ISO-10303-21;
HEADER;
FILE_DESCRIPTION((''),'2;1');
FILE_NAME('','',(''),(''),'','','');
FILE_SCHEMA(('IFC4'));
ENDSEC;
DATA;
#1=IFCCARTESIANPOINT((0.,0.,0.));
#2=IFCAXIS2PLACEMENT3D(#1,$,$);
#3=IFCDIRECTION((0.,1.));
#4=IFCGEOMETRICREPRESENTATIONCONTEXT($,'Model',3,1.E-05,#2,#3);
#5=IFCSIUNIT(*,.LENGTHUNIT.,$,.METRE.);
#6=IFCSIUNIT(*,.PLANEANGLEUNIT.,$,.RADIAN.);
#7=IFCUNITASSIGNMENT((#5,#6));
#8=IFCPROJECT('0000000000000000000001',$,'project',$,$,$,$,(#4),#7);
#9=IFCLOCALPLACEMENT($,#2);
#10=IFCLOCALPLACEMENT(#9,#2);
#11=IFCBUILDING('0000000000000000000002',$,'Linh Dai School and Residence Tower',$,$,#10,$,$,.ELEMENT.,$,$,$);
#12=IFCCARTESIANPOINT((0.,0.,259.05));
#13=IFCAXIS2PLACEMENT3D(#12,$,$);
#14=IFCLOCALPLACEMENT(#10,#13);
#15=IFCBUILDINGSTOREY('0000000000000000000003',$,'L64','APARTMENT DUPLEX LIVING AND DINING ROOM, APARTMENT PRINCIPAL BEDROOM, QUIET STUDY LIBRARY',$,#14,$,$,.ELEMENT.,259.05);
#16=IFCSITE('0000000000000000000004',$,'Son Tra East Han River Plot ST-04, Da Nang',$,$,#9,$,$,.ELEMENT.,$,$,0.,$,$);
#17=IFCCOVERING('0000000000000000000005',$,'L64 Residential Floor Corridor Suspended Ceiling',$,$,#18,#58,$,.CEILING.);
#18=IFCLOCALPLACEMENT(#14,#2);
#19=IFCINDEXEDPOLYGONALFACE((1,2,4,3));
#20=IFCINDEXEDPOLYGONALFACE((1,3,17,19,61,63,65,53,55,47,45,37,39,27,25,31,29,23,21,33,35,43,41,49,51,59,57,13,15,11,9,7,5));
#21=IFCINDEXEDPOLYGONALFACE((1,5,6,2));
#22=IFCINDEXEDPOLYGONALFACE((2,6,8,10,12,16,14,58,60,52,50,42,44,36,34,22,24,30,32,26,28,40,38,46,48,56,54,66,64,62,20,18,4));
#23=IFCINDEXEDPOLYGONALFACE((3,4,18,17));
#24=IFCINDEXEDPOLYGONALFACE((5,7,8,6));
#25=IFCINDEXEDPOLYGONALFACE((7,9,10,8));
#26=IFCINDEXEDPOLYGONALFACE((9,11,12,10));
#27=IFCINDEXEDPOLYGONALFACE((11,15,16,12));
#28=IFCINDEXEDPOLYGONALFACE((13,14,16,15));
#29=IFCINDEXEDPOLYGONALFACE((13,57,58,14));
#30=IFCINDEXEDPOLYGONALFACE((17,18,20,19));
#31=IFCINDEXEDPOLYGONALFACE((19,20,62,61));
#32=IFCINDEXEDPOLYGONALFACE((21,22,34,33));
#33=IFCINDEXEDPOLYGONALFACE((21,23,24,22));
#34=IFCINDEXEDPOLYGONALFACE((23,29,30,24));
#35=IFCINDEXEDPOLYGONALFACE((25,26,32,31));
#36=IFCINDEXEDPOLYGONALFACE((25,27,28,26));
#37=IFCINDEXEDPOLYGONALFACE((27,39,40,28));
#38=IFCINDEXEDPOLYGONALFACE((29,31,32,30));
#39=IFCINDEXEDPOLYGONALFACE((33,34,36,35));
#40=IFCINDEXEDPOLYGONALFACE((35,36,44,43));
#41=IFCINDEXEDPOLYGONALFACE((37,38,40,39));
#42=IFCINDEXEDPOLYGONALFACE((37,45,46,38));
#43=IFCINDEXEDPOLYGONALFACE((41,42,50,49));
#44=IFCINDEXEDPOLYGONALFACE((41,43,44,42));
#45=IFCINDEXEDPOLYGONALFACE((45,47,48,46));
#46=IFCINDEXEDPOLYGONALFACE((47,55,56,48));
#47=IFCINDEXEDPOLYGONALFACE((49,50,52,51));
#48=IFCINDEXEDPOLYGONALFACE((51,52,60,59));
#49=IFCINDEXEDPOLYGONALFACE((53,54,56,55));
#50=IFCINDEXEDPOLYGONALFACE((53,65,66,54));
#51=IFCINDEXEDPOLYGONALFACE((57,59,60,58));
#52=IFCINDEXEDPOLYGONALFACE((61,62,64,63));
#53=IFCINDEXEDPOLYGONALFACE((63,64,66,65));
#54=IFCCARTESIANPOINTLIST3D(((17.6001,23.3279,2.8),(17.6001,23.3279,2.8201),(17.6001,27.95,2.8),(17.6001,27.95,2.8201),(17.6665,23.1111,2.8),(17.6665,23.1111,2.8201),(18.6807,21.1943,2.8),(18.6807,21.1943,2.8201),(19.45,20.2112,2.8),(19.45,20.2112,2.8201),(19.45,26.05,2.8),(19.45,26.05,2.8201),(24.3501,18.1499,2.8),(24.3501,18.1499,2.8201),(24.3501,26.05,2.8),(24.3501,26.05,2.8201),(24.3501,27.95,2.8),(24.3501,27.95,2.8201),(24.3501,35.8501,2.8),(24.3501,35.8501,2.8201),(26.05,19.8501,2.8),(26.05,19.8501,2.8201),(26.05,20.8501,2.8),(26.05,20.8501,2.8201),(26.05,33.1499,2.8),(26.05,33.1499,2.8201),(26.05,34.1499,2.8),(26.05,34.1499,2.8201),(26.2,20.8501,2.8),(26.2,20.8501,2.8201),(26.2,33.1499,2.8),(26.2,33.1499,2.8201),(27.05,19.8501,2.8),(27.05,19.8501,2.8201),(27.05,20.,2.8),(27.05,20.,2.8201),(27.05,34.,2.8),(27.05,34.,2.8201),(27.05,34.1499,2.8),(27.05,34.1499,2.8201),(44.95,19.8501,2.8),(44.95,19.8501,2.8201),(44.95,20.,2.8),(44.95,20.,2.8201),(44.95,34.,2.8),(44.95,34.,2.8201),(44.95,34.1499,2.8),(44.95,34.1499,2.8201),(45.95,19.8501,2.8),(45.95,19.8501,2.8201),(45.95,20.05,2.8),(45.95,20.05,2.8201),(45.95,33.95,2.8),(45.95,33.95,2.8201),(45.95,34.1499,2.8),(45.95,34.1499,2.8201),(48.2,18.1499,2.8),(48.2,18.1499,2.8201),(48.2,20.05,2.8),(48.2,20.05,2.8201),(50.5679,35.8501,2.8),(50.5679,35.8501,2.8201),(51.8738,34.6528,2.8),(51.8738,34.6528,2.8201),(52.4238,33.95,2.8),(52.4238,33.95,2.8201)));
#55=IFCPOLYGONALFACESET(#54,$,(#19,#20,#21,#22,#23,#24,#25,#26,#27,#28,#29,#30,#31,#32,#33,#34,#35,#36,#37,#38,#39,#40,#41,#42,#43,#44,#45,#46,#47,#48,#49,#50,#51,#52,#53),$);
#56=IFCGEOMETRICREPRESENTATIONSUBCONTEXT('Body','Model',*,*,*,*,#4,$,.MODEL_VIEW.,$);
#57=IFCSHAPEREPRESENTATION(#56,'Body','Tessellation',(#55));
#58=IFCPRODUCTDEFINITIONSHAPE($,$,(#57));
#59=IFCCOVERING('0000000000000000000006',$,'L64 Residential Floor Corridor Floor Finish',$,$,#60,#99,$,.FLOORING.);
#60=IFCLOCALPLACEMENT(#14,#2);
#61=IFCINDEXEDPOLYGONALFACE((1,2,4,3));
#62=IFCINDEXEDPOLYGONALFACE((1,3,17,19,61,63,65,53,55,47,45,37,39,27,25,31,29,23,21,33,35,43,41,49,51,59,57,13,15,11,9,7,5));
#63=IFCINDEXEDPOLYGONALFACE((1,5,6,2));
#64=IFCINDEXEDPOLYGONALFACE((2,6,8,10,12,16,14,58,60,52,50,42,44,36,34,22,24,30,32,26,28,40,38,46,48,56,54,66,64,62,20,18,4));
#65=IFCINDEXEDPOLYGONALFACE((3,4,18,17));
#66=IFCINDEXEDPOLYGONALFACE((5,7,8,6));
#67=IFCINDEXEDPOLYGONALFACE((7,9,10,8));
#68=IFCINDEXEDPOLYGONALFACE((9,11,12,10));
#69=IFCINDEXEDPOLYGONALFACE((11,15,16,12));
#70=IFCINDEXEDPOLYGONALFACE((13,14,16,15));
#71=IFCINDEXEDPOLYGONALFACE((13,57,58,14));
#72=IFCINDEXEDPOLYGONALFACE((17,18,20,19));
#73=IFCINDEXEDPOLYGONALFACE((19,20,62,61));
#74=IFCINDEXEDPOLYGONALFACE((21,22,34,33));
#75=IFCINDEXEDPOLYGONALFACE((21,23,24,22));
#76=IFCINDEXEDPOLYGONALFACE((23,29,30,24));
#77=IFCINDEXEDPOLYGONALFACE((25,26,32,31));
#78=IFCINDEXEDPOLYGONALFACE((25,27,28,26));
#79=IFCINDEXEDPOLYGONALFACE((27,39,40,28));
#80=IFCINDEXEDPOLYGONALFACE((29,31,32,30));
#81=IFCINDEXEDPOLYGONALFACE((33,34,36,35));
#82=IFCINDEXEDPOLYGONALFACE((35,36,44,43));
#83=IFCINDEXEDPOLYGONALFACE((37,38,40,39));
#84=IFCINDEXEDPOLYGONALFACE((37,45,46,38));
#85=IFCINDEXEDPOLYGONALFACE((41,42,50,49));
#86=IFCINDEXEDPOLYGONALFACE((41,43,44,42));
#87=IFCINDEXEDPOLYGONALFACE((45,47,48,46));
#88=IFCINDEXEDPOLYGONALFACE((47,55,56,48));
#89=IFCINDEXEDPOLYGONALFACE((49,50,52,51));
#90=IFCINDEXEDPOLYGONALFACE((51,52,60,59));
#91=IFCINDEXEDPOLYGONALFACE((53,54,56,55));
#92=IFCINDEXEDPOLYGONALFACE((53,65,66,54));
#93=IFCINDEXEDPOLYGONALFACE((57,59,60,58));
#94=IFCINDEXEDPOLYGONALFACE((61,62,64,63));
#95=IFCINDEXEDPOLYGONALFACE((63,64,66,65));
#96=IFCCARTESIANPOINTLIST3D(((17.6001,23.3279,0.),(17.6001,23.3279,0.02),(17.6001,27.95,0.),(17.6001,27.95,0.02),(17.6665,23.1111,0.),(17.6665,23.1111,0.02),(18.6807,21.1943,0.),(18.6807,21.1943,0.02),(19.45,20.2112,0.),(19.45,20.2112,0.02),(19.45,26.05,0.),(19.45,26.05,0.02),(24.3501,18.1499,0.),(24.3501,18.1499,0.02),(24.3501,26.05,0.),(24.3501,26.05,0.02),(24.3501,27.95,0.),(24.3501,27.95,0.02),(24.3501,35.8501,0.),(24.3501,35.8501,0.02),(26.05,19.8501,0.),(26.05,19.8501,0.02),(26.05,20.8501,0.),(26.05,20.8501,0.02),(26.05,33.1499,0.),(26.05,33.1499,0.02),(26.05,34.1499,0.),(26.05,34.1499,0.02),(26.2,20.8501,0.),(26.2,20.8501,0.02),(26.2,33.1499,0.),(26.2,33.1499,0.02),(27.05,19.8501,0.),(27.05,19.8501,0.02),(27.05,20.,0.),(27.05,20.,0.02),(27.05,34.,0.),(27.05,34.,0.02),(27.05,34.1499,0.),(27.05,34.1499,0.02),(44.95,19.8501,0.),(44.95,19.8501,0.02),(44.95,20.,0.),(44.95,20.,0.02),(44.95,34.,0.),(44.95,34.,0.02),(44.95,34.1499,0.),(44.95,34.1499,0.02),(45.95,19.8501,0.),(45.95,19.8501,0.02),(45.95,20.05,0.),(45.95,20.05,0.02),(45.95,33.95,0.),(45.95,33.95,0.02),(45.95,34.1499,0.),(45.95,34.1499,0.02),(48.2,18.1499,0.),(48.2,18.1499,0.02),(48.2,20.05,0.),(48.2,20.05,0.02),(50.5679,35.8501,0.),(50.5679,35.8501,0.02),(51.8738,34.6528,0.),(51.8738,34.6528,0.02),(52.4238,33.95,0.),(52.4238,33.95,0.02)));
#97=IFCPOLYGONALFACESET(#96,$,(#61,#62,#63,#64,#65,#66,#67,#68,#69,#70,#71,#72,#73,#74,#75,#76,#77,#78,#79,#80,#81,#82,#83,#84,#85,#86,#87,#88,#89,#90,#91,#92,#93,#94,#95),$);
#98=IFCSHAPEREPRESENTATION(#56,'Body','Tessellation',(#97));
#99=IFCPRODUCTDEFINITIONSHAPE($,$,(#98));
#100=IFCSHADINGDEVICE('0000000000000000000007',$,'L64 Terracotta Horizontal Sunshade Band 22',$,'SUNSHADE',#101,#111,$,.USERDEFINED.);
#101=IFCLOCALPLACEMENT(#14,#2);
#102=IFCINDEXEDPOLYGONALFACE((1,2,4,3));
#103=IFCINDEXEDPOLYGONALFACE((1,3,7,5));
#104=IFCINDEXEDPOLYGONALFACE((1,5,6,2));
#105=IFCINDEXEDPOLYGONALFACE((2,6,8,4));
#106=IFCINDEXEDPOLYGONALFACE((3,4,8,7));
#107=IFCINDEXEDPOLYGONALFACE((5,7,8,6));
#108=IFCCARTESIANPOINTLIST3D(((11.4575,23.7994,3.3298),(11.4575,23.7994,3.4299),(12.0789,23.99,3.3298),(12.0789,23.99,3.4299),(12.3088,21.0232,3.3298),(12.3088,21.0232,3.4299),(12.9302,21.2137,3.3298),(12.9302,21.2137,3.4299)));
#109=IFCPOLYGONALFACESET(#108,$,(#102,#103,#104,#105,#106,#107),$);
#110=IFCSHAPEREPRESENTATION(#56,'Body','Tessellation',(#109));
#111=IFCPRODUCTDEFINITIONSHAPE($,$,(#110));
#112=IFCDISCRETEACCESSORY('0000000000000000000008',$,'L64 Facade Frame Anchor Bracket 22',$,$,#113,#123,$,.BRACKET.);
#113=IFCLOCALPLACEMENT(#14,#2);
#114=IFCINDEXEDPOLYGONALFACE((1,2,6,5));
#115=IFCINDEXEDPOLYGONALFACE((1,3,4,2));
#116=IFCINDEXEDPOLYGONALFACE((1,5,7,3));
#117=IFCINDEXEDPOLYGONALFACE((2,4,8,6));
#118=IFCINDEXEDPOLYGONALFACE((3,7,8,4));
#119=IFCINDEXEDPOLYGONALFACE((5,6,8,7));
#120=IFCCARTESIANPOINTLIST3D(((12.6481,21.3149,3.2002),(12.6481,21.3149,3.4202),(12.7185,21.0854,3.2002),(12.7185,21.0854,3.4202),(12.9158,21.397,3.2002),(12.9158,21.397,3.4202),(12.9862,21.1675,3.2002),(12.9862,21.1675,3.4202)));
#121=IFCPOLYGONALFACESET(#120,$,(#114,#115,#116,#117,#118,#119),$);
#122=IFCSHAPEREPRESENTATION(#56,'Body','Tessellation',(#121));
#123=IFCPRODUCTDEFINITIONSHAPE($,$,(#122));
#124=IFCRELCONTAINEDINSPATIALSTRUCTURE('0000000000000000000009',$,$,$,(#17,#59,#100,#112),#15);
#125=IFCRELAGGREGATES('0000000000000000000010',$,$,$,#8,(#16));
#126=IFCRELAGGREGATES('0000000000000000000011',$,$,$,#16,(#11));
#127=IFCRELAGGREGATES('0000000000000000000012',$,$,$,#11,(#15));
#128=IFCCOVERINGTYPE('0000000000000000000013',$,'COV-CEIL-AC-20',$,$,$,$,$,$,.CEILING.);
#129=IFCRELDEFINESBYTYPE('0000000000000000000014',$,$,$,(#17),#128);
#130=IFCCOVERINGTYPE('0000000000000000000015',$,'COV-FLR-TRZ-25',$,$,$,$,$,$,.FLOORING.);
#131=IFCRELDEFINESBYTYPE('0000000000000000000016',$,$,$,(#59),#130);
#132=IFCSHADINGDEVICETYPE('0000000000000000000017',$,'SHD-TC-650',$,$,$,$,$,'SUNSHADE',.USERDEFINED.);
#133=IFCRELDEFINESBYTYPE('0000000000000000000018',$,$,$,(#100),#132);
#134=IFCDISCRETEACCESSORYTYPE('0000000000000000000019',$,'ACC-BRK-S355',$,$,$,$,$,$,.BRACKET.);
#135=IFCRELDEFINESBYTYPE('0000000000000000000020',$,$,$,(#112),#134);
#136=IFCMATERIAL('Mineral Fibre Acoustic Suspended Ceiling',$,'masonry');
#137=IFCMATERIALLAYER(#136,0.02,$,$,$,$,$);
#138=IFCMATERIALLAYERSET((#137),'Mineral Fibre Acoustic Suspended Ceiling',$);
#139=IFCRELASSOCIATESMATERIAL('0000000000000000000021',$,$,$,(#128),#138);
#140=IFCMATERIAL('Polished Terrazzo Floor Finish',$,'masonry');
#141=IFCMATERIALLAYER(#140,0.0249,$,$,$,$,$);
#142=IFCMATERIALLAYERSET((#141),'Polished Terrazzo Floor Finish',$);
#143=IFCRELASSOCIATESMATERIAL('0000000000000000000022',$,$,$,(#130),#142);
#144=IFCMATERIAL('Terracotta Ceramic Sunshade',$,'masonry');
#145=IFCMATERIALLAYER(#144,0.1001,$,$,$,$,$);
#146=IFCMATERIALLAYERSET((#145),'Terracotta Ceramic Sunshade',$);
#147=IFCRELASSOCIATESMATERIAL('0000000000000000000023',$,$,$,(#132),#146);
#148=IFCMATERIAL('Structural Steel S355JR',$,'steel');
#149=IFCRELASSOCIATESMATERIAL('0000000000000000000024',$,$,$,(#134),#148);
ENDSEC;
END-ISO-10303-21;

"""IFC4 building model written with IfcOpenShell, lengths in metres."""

from ifc_helpers import new_model, si_unit, direction, frame, origin, origin_2d, place, context, subcontext, project, spatial, polyline, rectangle, outline, extrude, source, transform, mapped, material, layer, layer_set, type_object, element, save


model = new_model("IFC4")

# Units and contexts
model_context = context("Model", 3, precision=1e-05, world=origin(), true_north=direction((0.0, 1.0)))
body_context = subcontext(model_context, "Body", "Model", "MODEL_VIEW")
ifc_project = project(units=[si_unit("LENGTHUNIT", "METRE"), si_unit("PLANEANGLEUNIT", "RADIAN")], contexts=[model_context])

# Site, building, storey
site_placement = place(None, origin())
site = spatial("IfcSite", under=ifc_project, at=site_placement, Name="Son Tra East Han River Plot ST-04, Da Nang", CompositionType="ELEMENT", RefElevation=0.0)
building_placement = place(site_placement, origin())
building = spatial("IfcBuilding", under=site, at=building_placement, Name="Linh Dai School and Residence Tower", CompositionType="ELEMENT")
storey_placement = place(building_placement, frame((0.0, 0.0, 259.05)))
storey = spatial("IfcBuildingStorey", under=building, at=storey_placement, Name="L64", Description="APARTMENT DUPLEX LIVING AND DINING ROOM, APARTMENT PRINCIPAL BEDROOM, QUIET STUDY LIBRARY", CompositionType="ELEMENT", Elevation=259.05)

# Shared definitions
ifc_material_1 = material(Name="Structural Steel S355JR", Category="steel")

# Coverings
ifc_material_2 = material(Name="Mineral Fibre Acoustic Suspended Ceiling", Category="masonry")
ifc_layer_1 = layer(ifc_material_2, 0.02)
ifc_layer_set_1 = layer_set([ifc_layer_1], Name="Mineral Fibre Acoustic Suspended Ceiling")
covering_type_1 = type_object("IfcCoveringType", Name="COV-CEIL-AC-20", PredefinedType="CEILING", material=ifc_layer_set_1)
covering_1_placement = place(storey_placement, frame((0.0, 0.0, 2.8)))
element("IfcCovering", 1, at=covering_1_placement, inside=storey, type_object=covering_type_1, Name="L64 Residential Floor Corridor Suspended Ceiling", PredefinedType="CEILING", context=body_context, shape_type="SweptSolid", body=[
    extrude(outline(polyline([(19.45, 20.2112), (18.6807, 21.1943), (17.6665, 23.1111), (17.6001, 23.3279), (17.6001, 27.95), (24.3501, 27.95), (24.3501, 35.8501), (50.5679, 35.8501), (51.8738, 34.6528), (52.4238, 33.95), (45.95, 33.95), (45.95, 34.1499), (44.95, 34.1499), (44.95, 34.0), (27.05, 34.0), (27.05, 34.1499), (26.05, 34.1499), (26.05, 33.1499), (26.2, 33.1499), (26.2, 20.8501), (26.05, 20.8501), (26.05, 19.8501), (27.05, 19.8501), (27.05, 20.0), (44.95, 20.0), (44.95, 19.8501), (45.95, 19.8501), (45.95, 20.05), (48.2, 20.05), (48.2, 18.1499), (24.3501, 18.1499), (24.3501, 26.05), (19.45, 26.05), (19.45, 20.2112)])), origin(), (0.0, 0.0, 1.0), 0.02),
])
ifc_material_3 = material(Name="Polished Terrazzo Floor Finish", Category="masonry")
ifc_layer_2 = layer(ifc_material_3, 0.0249)
ifc_layer_set_2 = layer_set([ifc_layer_2], Name="Polished Terrazzo Floor Finish")
covering_type_2 = type_object("IfcCoveringType", Name="COV-FLR-TRZ-25", PredefinedType="FLOORING", material=ifc_layer_set_2)
covering_2_placement = place(storey_placement, origin())
element("IfcCovering", 2, at=covering_2_placement, inside=storey, type_object=covering_type_2, Name="L64 Residential Floor Corridor Floor Finish", PredefinedType="FLOORING", context=body_context, shape_type="SweptSolid", body=[
    extrude(outline(polyline([(19.45, 20.2112), (18.6807, 21.1943), (17.6665, 23.1111), (17.6001, 23.3279), (17.6001, 27.95), (24.3501, 27.95), (24.3501, 35.8501), (50.5679, 35.8501), (51.8738, 34.6528), (52.4238, 33.95), (45.95, 33.95), (45.95, 34.1499), (44.95, 34.1499), (44.95, 34.0), (27.05, 34.0), (27.05, 34.1499), (26.05, 34.1499), (26.05, 33.1499), (26.2, 33.1499), (26.2, 20.8501), (26.05, 20.8501), (26.05, 19.8501), (27.05, 19.8501), (27.05, 20.0), (44.95, 20.0), (44.95, 19.8501), (45.95, 19.8501), (45.95, 20.05), (48.2, 20.05), (48.2, 18.1499), (24.3501, 18.1499), (24.3501, 26.05), (19.45, 26.05), (19.45, 20.2112)])), origin(), (0.0, 0.0, 1.0), 0.02),
])

# Shading device
ifc_material_4 = material(Name="Terracotta Ceramic Sunshade", Category="masonry")
ifc_layer_3 = layer(ifc_material_4, 0.1001)
ifc_layer_set_3 = layer_set([ifc_layer_3], Name="Terracotta Ceramic Sunshade")
shading_device_type = type_object("IfcShadingDeviceType", Name="SHD-TC-650", ElementType="SUNSHADE", PredefinedType="USERDEFINED", material=ifc_layer_set_3)
shared_shape_1 = source(origin(), body_context, "Body", "SweptSolid", [
    extrude(rectangle(XDim=2.9038, YDim=0.6499, at=origin_2d()), origin(), (0.0, 0.0, 1.0), 0.1001),
])
shading_device_placement = place(storey_placement, frame((12.1938, 22.5066, 3.3298), z_axis=(0.0, 0.0, 1.0), x_axis=(-0.293157, 0.956064, 0.0)))
element("IfcShadingDevice", 3, at=shading_device_placement, inside=storey, type_object=shading_device_type, Name="L64 Terracotta Horizontal Sunshade Band 22", ObjectType="SUNSHADE", PredefinedType="USERDEFINED", context=body_context, shape_type="MappedRepresentation", body=[
    mapped(shared_shape_1, transform((0.0, 0.0, 0.0), x_axis=(1.0, 0.0, 0.0), y_axis=(0.0, 1.0, 0.0), z_axis=(0.0, 0.0, 1.0), scale=1.0)),
])

# Discrete accessory
discrete_accessory_type = type_object("IfcDiscreteAccessoryType", Name="ACC-BRK-S355", PredefinedType="BRACKET", material=ifc_material_1)
shared_shape_2 = source(origin(), body_context, "Body", "SweptSolid", [
    extrude(rectangle(XDim=0.28, YDim=0.24, at=origin_2d()), origin(), (0.0, 0.0, 1.0), 0.22),
])
discrete_accessory_placement = place(storey_placement, frame((12.8171, 21.2412, 3.2002), z_axis=(0.0, 0.0, 1.0), x_axis=(-0.956064, -0.293157, 0.0)))
element("IfcDiscreteAccessory", 4, at=discrete_accessory_placement, inside=storey, type_object=discrete_accessory_type, Name="L64 Facade Frame Anchor Bracket 22", PredefinedType="BRACKET", context=body_context, shape_type="MappedRepresentation", body=[
    mapped(shared_shape_2, transform((0.0, 0.0, 0.0), x_axis=(1.0, 0.0, 0.0), y_axis=(0.0, 1.0, 0.0), z_axis=(0.0, 0.0, 1.0), scale=1.0)),
])

save(model, "model.ifc")
